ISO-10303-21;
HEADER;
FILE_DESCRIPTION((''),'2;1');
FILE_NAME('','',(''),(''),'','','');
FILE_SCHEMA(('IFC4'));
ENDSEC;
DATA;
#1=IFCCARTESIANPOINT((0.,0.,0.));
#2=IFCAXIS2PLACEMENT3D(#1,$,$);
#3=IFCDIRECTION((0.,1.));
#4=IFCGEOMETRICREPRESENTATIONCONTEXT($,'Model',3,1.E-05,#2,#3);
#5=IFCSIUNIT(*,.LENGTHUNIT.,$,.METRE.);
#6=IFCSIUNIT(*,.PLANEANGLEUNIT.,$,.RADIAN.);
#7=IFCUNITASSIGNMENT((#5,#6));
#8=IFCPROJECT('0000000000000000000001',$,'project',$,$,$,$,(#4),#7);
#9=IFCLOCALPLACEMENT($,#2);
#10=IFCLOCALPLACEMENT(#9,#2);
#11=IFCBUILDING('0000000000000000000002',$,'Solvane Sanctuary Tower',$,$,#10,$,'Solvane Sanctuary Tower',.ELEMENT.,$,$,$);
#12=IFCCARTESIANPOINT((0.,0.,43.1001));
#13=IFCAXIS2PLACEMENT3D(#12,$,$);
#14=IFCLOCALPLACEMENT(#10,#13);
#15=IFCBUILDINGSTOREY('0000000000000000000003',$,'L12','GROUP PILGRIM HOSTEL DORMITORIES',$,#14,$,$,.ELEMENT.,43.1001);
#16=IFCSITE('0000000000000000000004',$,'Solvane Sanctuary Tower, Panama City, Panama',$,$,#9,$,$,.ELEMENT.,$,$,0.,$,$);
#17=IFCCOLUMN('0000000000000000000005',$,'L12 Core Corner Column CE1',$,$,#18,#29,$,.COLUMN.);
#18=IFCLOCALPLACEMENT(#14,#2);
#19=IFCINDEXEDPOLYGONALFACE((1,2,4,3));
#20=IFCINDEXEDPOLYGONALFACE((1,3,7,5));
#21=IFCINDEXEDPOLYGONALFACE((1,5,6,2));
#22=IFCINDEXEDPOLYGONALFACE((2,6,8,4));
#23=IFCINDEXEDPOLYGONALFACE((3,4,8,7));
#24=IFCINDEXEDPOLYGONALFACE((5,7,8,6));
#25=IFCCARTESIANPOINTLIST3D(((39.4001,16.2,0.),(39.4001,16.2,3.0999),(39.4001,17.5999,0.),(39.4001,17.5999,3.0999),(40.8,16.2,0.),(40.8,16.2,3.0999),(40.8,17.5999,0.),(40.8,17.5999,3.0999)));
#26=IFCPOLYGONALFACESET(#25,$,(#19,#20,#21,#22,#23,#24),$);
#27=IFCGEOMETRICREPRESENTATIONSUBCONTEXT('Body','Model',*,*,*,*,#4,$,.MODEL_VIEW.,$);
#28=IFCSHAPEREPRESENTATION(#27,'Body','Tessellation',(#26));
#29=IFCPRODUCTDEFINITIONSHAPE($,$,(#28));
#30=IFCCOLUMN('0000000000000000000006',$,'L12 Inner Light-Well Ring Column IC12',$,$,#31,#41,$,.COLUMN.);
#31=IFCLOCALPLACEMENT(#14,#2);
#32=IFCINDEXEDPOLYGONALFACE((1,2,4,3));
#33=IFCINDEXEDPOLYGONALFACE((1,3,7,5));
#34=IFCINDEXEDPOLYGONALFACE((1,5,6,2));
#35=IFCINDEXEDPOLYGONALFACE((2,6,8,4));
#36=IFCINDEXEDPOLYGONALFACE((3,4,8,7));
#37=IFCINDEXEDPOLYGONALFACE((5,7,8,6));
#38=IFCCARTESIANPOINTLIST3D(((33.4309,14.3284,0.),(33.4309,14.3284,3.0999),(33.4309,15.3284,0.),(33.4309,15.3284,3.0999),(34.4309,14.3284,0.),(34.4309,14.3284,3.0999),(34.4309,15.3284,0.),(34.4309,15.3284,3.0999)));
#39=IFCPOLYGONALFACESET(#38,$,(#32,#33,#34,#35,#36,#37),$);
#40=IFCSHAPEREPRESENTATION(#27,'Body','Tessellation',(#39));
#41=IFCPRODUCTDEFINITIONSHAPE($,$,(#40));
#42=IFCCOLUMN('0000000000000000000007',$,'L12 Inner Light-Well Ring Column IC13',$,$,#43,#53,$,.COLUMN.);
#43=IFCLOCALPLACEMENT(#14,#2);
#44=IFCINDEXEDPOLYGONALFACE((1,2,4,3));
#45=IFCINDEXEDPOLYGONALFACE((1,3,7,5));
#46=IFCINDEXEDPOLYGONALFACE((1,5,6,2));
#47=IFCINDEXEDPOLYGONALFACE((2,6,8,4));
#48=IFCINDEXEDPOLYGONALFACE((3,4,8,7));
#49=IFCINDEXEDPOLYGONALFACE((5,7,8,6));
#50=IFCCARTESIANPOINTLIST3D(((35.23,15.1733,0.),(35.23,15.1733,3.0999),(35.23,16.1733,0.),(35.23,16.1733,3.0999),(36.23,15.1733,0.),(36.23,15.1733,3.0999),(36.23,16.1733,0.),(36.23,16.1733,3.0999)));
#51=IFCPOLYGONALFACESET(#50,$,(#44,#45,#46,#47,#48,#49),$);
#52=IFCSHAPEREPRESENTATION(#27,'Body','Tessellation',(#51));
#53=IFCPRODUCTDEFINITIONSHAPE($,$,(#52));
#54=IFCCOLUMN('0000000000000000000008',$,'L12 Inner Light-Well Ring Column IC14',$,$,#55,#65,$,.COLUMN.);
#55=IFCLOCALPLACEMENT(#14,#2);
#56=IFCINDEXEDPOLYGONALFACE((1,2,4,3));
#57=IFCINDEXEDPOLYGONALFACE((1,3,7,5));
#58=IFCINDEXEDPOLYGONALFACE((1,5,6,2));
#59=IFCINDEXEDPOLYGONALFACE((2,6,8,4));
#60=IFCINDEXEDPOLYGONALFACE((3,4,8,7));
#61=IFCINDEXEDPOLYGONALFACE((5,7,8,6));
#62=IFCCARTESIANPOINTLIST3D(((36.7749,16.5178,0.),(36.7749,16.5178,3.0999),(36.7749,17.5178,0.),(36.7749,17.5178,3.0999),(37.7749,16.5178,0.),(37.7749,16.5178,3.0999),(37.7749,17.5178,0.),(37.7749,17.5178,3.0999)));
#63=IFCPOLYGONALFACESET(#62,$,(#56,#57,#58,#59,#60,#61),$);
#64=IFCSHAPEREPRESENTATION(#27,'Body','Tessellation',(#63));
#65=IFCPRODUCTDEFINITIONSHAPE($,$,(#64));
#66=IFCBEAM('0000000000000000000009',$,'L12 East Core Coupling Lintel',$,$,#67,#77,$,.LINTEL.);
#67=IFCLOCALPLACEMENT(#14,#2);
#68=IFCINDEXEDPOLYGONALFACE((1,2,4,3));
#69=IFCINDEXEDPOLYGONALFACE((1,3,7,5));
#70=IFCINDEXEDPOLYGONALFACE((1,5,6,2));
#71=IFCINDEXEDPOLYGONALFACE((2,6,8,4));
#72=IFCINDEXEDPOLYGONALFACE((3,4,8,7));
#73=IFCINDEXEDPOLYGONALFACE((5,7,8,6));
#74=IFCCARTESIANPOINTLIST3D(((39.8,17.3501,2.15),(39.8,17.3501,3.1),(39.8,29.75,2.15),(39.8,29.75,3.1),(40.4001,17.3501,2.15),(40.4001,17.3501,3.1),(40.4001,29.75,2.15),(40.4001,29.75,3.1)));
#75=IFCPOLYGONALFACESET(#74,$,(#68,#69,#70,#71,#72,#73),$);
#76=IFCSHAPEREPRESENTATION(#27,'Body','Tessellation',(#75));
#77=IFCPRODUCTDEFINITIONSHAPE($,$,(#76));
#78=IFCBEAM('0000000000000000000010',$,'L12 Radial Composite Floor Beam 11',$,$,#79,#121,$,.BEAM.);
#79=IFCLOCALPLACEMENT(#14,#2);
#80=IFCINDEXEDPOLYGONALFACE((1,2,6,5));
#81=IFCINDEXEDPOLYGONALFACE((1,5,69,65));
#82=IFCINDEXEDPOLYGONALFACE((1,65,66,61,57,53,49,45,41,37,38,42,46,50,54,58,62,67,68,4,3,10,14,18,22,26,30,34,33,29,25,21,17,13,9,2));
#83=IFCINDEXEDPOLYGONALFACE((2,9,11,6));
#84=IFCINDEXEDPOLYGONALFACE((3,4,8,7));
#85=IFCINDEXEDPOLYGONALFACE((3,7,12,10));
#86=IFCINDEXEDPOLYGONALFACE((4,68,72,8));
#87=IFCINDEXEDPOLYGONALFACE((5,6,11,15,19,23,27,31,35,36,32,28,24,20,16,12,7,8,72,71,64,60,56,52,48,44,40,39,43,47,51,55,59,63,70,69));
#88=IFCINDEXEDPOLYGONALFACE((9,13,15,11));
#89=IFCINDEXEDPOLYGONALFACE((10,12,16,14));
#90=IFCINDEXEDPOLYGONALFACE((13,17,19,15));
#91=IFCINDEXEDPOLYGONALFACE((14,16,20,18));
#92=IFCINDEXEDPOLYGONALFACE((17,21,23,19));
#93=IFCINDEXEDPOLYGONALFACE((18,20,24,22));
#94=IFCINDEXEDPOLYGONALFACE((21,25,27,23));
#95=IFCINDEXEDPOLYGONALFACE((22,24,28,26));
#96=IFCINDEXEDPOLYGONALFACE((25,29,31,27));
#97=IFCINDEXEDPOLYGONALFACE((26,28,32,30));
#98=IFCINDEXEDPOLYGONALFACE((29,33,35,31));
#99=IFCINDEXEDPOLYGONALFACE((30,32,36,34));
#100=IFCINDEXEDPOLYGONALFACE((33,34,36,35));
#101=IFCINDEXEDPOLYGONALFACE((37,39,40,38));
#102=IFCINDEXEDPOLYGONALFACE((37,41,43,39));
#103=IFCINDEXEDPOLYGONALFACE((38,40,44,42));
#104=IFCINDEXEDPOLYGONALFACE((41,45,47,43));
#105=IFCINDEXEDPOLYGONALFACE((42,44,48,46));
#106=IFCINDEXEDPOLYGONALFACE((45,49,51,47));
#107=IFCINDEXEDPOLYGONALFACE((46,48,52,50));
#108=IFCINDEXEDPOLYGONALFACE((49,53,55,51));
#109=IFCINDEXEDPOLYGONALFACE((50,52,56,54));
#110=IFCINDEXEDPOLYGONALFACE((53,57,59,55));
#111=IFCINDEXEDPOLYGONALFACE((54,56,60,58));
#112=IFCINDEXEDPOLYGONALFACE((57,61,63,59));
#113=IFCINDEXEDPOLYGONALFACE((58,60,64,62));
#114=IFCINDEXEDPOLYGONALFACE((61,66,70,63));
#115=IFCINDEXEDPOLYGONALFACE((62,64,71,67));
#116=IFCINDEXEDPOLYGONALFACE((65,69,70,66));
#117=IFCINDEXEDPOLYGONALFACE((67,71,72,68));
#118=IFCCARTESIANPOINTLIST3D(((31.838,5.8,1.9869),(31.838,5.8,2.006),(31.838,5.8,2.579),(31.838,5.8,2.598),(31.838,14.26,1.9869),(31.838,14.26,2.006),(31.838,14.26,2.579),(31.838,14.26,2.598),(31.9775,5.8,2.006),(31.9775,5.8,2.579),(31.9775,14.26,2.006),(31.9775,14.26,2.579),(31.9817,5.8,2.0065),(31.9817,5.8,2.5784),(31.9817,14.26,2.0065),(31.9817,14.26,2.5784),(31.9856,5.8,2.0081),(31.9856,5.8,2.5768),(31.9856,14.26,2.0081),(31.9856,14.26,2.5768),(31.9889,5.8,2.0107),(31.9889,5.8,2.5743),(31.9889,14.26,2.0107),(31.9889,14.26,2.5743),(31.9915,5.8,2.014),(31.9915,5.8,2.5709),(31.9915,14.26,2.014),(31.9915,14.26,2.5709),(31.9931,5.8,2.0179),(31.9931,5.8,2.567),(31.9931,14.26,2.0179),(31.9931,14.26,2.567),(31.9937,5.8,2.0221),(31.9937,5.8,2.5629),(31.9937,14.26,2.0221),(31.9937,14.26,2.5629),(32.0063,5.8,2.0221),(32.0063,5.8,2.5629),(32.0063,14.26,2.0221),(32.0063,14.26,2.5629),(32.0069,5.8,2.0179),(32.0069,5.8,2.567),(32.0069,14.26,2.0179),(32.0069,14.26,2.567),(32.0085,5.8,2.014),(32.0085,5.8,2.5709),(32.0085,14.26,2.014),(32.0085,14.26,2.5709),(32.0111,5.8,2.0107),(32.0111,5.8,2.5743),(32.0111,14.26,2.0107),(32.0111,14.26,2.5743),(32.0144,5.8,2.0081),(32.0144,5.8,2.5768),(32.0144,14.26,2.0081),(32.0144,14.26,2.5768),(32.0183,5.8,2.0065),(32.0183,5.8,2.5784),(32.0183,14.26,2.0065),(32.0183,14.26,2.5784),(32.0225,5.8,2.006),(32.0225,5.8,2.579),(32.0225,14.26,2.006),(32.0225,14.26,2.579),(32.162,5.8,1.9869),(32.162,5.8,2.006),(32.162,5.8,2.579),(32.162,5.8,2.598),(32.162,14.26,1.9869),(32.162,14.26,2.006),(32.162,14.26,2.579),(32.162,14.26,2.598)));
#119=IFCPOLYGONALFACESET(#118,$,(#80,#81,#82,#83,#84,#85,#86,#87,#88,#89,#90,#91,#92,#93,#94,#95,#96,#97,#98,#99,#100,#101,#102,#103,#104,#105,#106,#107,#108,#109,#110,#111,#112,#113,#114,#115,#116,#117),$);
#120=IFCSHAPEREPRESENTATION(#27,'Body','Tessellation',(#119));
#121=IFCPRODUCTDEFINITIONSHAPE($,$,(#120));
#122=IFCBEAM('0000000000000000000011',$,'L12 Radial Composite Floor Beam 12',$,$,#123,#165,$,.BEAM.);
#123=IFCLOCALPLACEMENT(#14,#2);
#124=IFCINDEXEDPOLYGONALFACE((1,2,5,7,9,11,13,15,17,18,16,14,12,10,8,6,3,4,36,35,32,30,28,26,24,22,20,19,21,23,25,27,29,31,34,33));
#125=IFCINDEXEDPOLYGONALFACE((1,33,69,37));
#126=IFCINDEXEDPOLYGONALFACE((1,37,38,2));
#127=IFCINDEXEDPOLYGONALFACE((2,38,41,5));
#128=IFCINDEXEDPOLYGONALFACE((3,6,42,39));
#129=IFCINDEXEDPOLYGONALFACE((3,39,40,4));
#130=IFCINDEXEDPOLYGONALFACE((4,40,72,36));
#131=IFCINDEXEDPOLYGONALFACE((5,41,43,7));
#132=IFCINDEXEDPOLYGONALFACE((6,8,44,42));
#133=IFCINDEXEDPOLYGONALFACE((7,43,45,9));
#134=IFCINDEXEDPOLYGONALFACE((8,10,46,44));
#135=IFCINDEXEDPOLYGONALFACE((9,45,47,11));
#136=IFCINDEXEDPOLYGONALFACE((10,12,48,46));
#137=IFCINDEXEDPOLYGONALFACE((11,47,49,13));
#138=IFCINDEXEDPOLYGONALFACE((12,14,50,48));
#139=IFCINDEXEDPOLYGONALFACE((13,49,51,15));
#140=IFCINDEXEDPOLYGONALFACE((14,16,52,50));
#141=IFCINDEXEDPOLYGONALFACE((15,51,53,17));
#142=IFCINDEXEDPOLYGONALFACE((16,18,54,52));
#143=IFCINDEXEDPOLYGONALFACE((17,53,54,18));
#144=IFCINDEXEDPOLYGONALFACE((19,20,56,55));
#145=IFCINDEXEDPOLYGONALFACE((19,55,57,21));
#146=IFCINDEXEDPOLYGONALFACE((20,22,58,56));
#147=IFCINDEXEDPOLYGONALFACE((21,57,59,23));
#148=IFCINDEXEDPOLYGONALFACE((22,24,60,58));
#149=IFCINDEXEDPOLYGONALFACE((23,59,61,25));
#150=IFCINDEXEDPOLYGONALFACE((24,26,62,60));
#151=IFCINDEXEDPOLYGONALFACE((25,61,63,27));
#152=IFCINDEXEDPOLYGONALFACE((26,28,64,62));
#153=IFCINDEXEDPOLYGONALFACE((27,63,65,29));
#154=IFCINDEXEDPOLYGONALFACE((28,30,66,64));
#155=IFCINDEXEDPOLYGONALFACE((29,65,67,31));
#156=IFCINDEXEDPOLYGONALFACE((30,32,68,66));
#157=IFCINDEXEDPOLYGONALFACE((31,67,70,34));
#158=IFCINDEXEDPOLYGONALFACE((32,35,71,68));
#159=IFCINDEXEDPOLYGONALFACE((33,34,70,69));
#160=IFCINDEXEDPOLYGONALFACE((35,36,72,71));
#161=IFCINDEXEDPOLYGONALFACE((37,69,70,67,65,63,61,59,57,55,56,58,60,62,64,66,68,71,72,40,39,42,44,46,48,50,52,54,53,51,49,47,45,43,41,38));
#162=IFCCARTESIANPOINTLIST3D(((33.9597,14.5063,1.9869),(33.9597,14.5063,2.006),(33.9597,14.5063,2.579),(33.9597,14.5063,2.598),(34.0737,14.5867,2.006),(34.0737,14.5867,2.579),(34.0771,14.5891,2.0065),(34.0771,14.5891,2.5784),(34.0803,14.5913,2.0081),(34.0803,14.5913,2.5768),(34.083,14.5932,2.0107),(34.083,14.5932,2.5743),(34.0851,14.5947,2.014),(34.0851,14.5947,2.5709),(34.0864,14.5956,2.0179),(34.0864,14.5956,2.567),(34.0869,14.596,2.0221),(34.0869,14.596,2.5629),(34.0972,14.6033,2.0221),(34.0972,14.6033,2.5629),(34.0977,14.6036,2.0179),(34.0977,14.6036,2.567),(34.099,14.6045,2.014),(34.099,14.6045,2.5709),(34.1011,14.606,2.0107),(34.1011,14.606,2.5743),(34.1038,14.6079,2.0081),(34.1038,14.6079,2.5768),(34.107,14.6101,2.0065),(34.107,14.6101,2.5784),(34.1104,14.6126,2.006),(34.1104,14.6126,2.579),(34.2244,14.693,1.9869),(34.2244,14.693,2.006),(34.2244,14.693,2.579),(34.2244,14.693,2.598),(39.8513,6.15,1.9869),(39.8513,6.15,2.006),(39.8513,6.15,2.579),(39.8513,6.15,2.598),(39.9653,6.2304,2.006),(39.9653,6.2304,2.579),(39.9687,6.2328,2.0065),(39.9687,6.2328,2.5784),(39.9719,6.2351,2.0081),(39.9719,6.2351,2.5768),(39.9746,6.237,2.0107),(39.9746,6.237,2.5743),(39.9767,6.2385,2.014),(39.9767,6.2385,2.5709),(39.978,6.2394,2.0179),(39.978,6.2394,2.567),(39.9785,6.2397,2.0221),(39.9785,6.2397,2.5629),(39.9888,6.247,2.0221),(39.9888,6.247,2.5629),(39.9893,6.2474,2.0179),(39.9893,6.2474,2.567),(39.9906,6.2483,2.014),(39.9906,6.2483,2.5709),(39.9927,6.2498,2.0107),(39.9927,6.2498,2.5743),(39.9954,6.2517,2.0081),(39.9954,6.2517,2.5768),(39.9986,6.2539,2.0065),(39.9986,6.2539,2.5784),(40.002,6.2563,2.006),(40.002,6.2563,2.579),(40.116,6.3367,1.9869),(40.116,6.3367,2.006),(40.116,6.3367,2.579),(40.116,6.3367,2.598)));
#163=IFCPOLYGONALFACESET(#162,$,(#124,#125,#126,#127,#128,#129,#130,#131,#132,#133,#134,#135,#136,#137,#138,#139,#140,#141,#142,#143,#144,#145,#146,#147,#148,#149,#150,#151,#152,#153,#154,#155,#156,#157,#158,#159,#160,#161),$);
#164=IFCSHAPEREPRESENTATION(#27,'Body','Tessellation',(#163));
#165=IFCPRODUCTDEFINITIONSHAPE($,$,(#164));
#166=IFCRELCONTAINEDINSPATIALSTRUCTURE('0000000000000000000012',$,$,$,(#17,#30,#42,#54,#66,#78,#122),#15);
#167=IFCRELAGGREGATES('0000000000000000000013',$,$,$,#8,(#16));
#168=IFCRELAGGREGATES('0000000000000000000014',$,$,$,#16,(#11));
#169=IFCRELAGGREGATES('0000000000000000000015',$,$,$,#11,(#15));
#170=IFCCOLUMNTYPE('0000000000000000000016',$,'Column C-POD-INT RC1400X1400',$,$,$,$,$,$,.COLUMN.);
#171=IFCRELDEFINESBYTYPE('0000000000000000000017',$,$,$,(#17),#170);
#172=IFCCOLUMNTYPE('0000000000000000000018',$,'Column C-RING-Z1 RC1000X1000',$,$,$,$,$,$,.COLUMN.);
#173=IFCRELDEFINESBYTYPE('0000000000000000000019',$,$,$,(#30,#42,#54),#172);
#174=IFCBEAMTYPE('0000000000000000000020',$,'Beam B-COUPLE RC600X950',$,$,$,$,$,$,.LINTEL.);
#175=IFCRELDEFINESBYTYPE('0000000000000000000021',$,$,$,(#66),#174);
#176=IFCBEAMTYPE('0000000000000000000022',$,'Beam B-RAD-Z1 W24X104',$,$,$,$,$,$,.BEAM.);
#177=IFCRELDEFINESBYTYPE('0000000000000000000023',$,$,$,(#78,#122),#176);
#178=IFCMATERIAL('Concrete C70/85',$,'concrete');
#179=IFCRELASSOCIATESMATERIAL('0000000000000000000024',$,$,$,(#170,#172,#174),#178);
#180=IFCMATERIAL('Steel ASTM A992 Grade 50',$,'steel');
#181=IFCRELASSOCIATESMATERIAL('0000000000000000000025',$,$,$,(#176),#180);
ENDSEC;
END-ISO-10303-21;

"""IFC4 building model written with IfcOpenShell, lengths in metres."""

from ifc_helpers import new_model, si_unit, direction, frame, origin, origin_2d, place, context, subcontext, project, spatial, rectangle, i_section, extrude, material, material_profile, profile_set, type_object, element, save


model = new_model("IFC4")

# Units and contexts
model_context = context("Model", 3, precision=1e-05, world=origin(), true_north=direction((0.0, 1.0)))
body_context = subcontext(model_context, "Body", "Model", "MODEL_VIEW")
ifc_project = project(units=[si_unit("LENGTHUNIT", "METRE"), si_unit("PLANEANGLEUNIT", "RADIAN")], contexts=[model_context])

# Site, building, storey
site_placement = place(None, origin())
site = spatial("IfcSite", under=ifc_project, at=site_placement, Name="Solvane Sanctuary Tower, Panama City, Panama", CompositionType="ELEMENT", RefElevation=0.0)
building_placement = place(site_placement, origin())
building = spatial("IfcBuilding", under=site, at=building_placement, Name="Solvane Sanctuary Tower", LongName="Solvane Sanctuary Tower", CompositionType="ELEMENT")
storey_placement = place(building_placement, frame((0.0, 0.0, 43.1001)))
storey = spatial("IfcBuildingStorey", under=building, at=storey_placement, Name="L12", Description="GROUP PILGRIM HOSTEL DORMITORIES", CompositionType="ELEMENT", Elevation=43.1001)

# Columns
ifc_material_1 = material(Name="Concrete C70/85", Category="concrete")
ifc_material_profile_1 = material_profile(ifc_material_1, rectangle(XDim=1.3999, YDim=1.3999, at=origin_2d()), Name="RC1400X1400")
ifc_profile_set_1 = profile_set([ifc_material_profile_1], Name="Concrete C70/85")
column_type_1 = type_object("IfcColumnType", Name="Column C-POD-INT RC1400X1400", PredefinedType="COLUMN", material=ifc_profile_set_1)
column_placement = place(storey_placement, frame((40.1001, 16.8999, 0.0), z_axis=(0.0, 0.0, 1.0), x_axis=(1.0, 0.0, 0.0)))
element("IfcColumn", 1, at=column_placement, inside=storey, type_object=column_type_1, Name="L12 Core Corner Column CE1", PredefinedType="COLUMN", context=body_context, shape_type="SweptSolid", body=[
    extrude(rectangle(XDim=1.3999, YDim=1.3999, at=origin_2d()), origin(), (0.0, 0.0, 1.0), 3.0999),
])
ifc_material_profile_2 = material_profile(ifc_material_1, rectangle(XDim=1.0, YDim=1.0, at=origin_2d()), Name="RC1000X1000")
ifc_profile_set_2 = profile_set([ifc_material_profile_2], Name="Concrete C70/85")
column_type_2 = type_object("IfcColumnType", Name="Column C-RING-Z1 RC1000X1000", PredefinedType="COLUMN", material=ifc_profile_set_2)
for number, where, z_axis, x_axis, name in (
    (2, (33.9309, 14.8284, 0.0), (0.0, 0.0, 1.0), (1.0, 0.0, 0.0), "L12 Inner Light-Well Ring Column IC12"),
    (3, (35.73, 15.6733, 0.0), (0.0, 0.0, 1.0), (1.0, 0.0, 0.0), "L12 Inner Light-Well Ring Column IC13"),
    (4, (37.2749, 17.0178, 0.0), (0.0, 0.0, 1.0), (1.0, 0.0, 0.0), "L12 Inner Light-Well Ring Column IC14"),
):
    element("IfcColumn", number, at=place(storey_placement, frame(where, z_axis=z_axis, x_axis=x_axis)), inside=storey, type_object=column_type_2, Name=name, PredefinedType="COLUMN", context=body_context, shape_type="SweptSolid", body=[
        extrude(rectangle(XDim=1.0, YDim=1.0, at=origin_2d()), origin(), (0.0, 0.0, 1.0), 3.0999),
    ])

# Beams
ifc_material_profile_3 = material_profile(ifc_material_1, rectangle(XDim=0.6001, YDim=0.95, at=origin_2d()), Name="RC600X950")
ifc_profile_set_3 = profile_set([ifc_material_profile_3], Name="Concrete C70/85")
beam_type_1 = type_object("IfcBeamType", Name="Beam B-COUPLE RC600X950", PredefinedType="LINTEL", material=ifc_profile_set_3)
beam_1_placement = place(storey_placement, frame((40.1001, 17.3501, 2.625), z_axis=(0.0, 1.0, 0.0), x_axis=(-1.0, 0.0, 0.0)))
element("IfcBeam", 5, at=beam_1_placement, inside=storey, type_object=beam_type_1, Name="L12 East Core Coupling Lintel", PredefinedType="LINTEL", context=body_context, shape_type="SweptSolid", body=[
    extrude(rectangle(XDim=0.6001, YDim=0.95, at=origin_2d()), origin(), (0.0, 0.0, 1.0), 12.3999),
])
ifc_material_2 = material(Name="Steel ASTM A992 Grade 50", Category="steel")
ifc_material_profile_4 = material_profile(ifc_material_2, i_section(OverallWidth=0.324, OverallDepth=0.6111, WebThickness=0.0127, FlangeThickness=0.019, FilletRadius=0.0161, at=origin_2d()), Name="W24X104")
ifc_profile_set_4 = profile_set([ifc_material_profile_4], Name="Steel ASTM A992 Grade 50")
beam_type_2 = type_object("IfcBeamType", Name="Beam B-RAD-Z1 W24X104", PredefinedType="BEAM", material=ifc_profile_set_4)
beam_2_placement = place(storey_placement, frame((32.0, 14.26, 2.2925), z_axis=(0.0, -1.0, 0.0), x_axis=(1.0, 0.0, 0.0)))
element("IfcBeam", 6, at=beam_2_placement, inside=storey, type_object=beam_type_2, Name="L12 Radial Composite Floor Beam 11", PredefinedType="BEAM", context=body_context, shape_type="SweptSolid", body=[
    extrude(i_section(OverallWidth=0.324, OverallDepth=0.6111, WebThickness=0.0127, FlangeThickness=0.019, FilletRadius=0.0161, at=origin_2d()), origin(), (0.0, 0.0, 1.0), 8.46),
])
beam_3_placement = place(storey_placement, frame((34.092, 14.5996, 2.2925), z_axis=(0.576233, -0.817285, 0.0), x_axis=(0.817285, 0.576233, 0.0)))
element("IfcBeam", 7, at=beam_3_placement, inside=storey, type_object=beam_type_2, Name="L12 Radial Composite Floor Beam 12", PredefinedType="BEAM", context=body_context, shape_type="SweptSolid", body=[
    extrude(i_section(OverallWidth=0.324, OverallDepth=0.6111, WebThickness=0.0127, FlangeThickness=0.019, FilletRadius=0.0161, at=origin_2d()), origin(), (0.0, 0.0, 1.0), 10.2244),
])

save(model, "model.ifc")
